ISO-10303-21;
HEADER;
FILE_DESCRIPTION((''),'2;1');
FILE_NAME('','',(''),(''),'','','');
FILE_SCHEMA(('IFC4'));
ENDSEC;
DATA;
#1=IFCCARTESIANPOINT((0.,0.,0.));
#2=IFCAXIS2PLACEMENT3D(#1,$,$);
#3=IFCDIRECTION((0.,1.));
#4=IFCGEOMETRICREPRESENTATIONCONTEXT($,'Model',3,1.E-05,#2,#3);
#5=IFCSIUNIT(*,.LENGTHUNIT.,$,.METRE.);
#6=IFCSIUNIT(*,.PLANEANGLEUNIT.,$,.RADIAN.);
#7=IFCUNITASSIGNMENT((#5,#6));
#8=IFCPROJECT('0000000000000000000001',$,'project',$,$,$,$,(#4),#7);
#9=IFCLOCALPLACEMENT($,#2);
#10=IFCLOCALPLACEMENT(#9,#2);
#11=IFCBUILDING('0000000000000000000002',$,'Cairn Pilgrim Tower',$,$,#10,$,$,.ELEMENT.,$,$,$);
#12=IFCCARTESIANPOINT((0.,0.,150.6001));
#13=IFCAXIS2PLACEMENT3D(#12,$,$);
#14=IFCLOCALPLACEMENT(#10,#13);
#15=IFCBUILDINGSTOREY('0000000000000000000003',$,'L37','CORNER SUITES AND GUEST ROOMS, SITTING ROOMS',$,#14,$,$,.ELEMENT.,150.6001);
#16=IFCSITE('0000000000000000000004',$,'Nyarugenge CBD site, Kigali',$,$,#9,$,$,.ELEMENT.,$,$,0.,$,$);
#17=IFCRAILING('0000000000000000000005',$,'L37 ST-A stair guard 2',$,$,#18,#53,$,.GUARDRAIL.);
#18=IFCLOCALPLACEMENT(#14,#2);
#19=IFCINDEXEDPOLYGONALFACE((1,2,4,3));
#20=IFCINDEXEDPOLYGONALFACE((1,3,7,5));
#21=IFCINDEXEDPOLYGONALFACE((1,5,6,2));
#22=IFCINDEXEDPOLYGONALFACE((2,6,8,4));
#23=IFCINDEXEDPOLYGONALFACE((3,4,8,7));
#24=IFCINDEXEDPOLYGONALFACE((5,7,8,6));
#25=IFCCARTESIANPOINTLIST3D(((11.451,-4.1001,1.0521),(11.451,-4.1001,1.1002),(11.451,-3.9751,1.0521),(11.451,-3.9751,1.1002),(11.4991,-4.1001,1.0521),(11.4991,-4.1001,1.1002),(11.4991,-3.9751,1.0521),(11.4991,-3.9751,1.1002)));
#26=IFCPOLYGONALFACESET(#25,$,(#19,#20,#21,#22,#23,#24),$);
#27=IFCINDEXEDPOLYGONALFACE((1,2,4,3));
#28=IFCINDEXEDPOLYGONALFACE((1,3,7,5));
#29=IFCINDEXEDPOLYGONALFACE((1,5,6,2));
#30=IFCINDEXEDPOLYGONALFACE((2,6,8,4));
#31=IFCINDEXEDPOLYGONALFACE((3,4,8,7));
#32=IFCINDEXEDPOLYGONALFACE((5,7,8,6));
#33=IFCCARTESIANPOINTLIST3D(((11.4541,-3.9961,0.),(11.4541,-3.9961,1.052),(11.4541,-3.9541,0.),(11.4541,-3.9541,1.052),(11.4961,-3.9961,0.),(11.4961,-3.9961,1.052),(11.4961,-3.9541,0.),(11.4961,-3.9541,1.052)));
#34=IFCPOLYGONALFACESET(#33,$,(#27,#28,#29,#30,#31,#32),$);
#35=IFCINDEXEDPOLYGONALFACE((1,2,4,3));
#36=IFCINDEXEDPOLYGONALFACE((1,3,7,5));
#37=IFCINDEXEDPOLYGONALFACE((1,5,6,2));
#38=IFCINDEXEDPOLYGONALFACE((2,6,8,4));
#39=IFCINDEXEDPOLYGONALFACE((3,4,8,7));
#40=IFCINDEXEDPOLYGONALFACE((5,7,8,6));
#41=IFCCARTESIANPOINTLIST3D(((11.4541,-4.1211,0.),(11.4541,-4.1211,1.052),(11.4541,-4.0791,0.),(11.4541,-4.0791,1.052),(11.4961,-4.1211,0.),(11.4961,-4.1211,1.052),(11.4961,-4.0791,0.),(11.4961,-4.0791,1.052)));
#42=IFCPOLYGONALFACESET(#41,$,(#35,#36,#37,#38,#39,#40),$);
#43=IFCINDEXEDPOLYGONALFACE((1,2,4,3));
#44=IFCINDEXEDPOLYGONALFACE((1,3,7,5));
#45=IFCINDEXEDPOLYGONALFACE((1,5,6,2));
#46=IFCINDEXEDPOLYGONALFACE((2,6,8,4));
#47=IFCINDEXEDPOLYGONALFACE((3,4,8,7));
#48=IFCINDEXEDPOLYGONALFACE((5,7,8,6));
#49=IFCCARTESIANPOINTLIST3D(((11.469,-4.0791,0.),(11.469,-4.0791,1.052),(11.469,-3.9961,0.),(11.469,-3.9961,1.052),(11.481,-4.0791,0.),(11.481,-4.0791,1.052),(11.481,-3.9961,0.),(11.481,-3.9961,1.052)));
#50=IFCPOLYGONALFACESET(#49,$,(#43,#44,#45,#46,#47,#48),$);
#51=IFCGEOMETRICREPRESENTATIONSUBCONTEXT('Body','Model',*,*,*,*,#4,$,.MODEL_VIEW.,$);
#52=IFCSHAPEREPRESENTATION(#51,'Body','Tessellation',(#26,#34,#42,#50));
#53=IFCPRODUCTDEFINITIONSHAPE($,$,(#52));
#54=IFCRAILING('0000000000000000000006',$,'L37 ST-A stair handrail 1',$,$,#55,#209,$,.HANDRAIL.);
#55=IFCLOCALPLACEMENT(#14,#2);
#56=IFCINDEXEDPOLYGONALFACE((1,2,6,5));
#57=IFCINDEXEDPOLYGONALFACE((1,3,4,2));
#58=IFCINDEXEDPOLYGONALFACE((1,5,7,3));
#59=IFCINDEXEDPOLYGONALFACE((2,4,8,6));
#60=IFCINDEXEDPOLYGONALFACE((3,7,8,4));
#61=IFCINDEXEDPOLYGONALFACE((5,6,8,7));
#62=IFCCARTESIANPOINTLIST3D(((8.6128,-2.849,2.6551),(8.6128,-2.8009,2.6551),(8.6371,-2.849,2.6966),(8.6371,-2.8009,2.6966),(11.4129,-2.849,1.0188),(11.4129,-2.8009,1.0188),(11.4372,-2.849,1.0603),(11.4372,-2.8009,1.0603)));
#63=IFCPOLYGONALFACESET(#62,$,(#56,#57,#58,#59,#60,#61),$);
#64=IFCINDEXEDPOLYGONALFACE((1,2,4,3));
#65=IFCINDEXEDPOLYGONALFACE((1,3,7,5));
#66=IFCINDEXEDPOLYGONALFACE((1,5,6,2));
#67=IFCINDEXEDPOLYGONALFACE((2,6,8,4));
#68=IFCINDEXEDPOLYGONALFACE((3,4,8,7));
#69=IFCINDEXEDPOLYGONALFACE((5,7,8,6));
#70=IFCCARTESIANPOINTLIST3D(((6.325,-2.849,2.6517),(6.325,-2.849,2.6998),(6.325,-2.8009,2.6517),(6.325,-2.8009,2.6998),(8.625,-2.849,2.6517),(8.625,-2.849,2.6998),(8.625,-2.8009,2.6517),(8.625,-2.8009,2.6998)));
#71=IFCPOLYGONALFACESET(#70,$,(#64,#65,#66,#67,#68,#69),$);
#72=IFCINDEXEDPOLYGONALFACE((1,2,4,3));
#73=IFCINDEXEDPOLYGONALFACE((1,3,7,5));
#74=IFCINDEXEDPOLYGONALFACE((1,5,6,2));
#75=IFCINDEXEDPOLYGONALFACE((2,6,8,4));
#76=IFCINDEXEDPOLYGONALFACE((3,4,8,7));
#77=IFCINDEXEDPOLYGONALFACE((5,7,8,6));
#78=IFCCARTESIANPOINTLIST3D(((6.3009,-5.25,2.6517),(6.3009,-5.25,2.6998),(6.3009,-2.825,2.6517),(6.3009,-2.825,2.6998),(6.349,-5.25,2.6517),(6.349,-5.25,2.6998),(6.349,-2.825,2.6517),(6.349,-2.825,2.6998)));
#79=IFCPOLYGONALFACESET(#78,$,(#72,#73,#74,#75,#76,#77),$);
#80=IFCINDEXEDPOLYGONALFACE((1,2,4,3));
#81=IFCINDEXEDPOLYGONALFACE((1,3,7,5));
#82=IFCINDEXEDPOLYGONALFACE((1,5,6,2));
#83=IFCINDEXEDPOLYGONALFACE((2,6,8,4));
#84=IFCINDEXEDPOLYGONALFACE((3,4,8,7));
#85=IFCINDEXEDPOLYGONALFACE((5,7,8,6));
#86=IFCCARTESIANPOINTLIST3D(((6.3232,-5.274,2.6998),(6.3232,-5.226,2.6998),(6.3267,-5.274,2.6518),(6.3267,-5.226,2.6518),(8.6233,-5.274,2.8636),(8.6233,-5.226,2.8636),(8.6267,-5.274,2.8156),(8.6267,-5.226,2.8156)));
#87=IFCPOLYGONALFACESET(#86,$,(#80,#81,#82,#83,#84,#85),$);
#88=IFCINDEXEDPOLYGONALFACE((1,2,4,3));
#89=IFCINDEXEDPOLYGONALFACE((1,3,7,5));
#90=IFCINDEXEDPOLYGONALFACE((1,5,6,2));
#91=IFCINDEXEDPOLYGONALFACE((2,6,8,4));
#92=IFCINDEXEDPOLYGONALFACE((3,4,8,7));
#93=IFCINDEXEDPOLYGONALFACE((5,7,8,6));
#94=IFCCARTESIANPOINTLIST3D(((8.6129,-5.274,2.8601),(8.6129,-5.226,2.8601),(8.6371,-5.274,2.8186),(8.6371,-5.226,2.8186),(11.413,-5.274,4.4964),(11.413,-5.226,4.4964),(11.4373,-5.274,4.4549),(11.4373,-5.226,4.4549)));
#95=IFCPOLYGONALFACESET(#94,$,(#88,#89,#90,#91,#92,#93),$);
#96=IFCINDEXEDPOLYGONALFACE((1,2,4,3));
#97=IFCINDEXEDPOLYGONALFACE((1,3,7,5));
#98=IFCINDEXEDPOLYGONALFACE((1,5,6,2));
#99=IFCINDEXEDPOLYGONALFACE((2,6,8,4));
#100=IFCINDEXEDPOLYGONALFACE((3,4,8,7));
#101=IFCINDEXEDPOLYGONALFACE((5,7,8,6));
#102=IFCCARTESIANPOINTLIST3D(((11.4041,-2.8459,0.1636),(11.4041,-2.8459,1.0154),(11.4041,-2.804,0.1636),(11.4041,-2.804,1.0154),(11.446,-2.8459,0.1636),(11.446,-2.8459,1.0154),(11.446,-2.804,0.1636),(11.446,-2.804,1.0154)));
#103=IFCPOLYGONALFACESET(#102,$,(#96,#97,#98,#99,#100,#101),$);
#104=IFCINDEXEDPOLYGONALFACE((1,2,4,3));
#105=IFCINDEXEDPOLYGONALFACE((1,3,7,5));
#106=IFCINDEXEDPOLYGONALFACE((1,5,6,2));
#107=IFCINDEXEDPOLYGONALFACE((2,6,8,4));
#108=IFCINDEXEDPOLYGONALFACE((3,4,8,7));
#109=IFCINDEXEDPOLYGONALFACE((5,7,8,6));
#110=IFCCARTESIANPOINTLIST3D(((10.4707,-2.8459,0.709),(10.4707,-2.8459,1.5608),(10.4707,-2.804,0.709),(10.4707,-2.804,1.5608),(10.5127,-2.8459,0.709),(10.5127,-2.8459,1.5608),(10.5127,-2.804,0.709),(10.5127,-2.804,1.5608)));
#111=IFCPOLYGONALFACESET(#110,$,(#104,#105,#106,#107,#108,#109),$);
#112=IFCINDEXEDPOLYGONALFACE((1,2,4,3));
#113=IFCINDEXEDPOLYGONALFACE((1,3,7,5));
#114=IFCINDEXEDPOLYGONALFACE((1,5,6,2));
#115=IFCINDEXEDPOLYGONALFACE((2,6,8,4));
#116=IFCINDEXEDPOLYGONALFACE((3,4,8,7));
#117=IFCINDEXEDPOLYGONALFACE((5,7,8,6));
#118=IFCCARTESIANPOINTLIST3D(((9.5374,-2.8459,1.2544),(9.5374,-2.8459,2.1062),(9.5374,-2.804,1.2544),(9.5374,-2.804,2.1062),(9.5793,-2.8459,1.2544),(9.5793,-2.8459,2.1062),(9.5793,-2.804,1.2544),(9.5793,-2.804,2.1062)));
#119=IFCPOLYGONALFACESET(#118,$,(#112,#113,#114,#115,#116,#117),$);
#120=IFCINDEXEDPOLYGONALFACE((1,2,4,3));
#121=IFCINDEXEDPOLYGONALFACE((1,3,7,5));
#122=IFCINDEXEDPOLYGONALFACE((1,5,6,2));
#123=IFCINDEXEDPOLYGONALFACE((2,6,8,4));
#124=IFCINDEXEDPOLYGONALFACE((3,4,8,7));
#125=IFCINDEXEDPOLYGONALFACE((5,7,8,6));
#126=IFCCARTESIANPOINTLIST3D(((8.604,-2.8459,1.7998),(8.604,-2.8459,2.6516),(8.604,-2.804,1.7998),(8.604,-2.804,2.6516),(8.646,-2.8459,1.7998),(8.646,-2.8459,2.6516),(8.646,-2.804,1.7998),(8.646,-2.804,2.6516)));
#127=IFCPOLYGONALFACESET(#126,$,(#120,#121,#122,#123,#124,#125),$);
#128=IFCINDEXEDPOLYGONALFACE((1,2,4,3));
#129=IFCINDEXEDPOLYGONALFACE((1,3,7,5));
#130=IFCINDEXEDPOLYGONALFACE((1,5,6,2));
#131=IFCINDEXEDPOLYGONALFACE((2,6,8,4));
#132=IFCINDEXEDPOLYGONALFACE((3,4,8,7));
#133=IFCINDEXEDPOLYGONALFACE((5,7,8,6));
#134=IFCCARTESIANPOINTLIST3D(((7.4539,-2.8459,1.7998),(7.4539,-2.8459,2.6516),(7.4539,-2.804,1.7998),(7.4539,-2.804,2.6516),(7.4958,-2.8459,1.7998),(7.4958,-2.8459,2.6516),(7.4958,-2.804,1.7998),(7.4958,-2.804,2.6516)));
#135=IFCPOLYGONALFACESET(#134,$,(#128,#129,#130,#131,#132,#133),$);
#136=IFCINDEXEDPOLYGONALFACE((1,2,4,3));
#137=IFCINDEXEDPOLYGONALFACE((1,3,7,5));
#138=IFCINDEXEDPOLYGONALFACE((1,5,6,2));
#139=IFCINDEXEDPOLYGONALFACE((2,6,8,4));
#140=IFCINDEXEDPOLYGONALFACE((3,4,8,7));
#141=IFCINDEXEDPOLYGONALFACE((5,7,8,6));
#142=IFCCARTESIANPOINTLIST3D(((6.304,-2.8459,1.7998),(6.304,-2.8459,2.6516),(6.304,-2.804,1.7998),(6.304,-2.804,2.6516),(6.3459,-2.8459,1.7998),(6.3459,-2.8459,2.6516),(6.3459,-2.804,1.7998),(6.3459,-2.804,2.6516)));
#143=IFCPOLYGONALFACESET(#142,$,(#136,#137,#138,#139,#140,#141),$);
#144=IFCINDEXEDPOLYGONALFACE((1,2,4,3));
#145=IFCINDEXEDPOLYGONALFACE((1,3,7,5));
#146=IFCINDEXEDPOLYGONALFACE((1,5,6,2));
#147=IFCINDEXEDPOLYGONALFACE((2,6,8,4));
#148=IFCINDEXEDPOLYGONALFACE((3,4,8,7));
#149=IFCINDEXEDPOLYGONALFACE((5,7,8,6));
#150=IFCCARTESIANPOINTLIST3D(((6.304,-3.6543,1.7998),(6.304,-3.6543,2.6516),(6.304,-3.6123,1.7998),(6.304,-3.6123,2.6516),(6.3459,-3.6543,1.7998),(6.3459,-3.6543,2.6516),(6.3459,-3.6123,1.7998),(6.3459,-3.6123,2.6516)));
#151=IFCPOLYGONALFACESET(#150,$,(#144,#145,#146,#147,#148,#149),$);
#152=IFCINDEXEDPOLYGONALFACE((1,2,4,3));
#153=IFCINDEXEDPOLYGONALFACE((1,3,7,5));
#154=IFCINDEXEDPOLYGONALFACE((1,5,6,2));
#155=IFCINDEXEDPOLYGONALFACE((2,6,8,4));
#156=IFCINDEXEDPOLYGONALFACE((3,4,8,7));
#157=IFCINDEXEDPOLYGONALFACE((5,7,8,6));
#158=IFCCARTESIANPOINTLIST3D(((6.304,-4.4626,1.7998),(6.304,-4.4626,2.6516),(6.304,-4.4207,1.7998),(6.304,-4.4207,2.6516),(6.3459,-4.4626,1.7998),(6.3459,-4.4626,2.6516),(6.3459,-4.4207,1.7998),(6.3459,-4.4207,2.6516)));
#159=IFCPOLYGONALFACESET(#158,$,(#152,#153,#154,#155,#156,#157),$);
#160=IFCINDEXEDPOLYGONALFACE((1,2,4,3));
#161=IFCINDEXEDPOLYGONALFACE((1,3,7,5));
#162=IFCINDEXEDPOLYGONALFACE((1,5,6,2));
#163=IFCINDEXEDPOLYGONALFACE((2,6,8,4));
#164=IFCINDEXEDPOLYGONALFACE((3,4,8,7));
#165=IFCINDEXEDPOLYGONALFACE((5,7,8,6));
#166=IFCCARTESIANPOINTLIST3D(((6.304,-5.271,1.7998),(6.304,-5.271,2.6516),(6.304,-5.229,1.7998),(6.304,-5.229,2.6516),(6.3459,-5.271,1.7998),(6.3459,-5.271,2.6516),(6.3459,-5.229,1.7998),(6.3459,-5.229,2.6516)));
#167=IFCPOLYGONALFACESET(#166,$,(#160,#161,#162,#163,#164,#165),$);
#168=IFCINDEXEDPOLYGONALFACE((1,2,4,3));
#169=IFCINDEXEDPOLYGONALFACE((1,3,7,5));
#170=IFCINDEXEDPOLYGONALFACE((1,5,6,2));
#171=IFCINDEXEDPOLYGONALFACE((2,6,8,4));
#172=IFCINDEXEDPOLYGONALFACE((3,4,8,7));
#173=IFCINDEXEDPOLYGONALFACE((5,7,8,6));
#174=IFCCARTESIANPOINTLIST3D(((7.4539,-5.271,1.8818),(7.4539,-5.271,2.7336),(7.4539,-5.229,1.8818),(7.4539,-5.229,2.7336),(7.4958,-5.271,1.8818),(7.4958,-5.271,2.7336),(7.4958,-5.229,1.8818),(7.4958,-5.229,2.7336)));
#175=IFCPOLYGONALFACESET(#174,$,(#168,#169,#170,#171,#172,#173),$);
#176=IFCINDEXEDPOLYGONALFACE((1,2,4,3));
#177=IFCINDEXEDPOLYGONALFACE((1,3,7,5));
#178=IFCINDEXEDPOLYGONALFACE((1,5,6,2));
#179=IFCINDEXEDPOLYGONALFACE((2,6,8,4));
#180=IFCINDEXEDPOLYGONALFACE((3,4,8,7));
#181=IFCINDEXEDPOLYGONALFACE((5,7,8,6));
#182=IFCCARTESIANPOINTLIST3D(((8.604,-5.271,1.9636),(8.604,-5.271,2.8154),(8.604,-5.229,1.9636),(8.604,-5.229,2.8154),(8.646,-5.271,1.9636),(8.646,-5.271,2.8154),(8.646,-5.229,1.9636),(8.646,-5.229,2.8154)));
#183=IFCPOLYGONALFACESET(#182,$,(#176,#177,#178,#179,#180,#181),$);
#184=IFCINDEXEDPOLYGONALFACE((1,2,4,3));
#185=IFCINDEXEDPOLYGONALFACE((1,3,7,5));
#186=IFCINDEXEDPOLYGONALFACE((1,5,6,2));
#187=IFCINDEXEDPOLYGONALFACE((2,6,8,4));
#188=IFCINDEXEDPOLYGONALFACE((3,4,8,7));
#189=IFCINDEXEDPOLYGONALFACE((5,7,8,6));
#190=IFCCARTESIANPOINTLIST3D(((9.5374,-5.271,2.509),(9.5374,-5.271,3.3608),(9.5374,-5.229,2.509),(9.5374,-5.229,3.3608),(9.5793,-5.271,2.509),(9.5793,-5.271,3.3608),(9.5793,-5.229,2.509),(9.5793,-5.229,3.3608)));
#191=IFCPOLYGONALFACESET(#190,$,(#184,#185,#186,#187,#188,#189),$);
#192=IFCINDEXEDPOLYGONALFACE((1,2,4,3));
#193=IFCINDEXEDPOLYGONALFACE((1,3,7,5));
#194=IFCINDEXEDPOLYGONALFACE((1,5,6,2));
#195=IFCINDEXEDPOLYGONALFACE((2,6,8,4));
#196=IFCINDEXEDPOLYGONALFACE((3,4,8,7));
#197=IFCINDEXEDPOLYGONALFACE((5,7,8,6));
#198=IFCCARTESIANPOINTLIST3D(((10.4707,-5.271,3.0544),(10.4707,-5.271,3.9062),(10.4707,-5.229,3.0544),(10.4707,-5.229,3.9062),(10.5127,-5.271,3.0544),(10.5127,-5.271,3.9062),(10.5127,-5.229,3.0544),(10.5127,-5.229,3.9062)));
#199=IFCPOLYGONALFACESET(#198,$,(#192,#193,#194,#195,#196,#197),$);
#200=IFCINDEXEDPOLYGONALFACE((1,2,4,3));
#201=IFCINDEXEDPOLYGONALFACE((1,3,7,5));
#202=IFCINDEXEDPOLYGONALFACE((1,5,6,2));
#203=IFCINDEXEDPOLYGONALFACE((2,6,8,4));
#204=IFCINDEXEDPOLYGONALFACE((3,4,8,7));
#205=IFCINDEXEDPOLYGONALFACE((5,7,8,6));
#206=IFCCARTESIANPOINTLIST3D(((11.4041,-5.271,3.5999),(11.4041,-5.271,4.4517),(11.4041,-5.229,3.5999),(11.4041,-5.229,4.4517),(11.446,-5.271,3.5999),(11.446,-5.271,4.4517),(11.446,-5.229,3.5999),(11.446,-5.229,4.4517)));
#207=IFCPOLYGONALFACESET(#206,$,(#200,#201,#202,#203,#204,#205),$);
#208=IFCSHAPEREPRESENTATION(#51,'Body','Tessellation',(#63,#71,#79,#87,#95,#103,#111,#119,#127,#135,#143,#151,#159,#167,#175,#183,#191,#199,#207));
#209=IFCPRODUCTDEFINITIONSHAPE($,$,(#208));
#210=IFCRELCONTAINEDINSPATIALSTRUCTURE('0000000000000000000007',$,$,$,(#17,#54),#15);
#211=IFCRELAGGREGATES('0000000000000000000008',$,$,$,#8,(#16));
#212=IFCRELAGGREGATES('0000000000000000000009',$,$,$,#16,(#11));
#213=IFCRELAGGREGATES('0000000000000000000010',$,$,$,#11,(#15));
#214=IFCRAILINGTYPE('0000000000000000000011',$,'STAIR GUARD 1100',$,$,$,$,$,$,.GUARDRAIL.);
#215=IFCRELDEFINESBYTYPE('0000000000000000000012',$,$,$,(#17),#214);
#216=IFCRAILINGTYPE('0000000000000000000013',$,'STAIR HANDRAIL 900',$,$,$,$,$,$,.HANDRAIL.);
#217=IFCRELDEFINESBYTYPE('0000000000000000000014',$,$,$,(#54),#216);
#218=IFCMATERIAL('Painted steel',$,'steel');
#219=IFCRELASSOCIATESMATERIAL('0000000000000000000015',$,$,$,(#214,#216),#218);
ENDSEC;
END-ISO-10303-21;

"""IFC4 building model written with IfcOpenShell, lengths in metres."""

from ifc_helpers import new_model, si_unit, direction, frame, origin, origin_2d, place, context, subcontext, project, spatial, polyline, rectangle, outline, extrude, material, type_object, element, save


model = new_model("IFC4")

# Units and contexts
model_context = context("Model", 3, precision=1e-05, world=origin(), true_north=direction((0.0, 1.0)))
body_context = subcontext(model_context, "Body", "Model", "MODEL_VIEW")
ifc_project = project(units=[si_unit("LENGTHUNIT", "METRE"), si_unit("PLANEANGLEUNIT", "RADIAN")], contexts=[model_context])

# Site, building, storey
site_placement = place(None, origin())
site = spatial("IfcSite", under=ifc_project, at=site_placement, Name="Nyarugenge CBD site, Kigali", CompositionType="ELEMENT", RefElevation=0.0)
building_placement = place(site_placement, origin())
building = spatial("IfcBuilding", under=site, at=building_placement, Name="Cairn Pilgrim Tower", CompositionType="ELEMENT")
storey_placement = place(building_placement, frame((0.0, 0.0, 150.6001)))
storey = spatial("IfcBuildingStorey", under=building, at=storey_placement, Name="L37", Description="CORNER SUITES AND GUEST ROOMS, SITTING ROOMS", CompositionType="ELEMENT", Elevation=150.6001)

# Railings
ifc_material_1 = material(Name="Painted steel", Category="steel")
railing_type_1 = type_object("IfcRailingType", Name="STAIR GUARD 1100", PredefinedType="GUARDRAIL", material=ifc_material_1)
railing_1_placement = place(storey_placement, frame((11.4751, -3.9751, 0.0)))
element("IfcRailing", 1, at=railing_1_placement, inside=storey, type_object=railing_type_1, Name="L37 ST-A stair guard 2", PredefinedType="GUARDRAIL", context=body_context, shape_type="SweptSolid", body=[
    extrude(rectangle(XDim=0.0481, YDim=0.0481, at=origin_2d()), frame((0.0, 0.0, 1.0762), z_axis=(0.0, -1.0, 0.0), x_axis=(1.0, 0.0, 0.0)), (0.0, 0.0, 1.0), 0.125),
    extrude(rectangle(XDim=0.042, YDim=0.042, at=origin_2d()), origin(), (0.0, 0.0, 1.0), 1.052),
    extrude(rectangle(XDim=0.042, YDim=0.042, at=origin_2d()), frame((0.0, -0.125, 0.0)), (0.0, 0.0, 1.0), 1.052),
    extrude(outline(polyline([(0.021, 0.0), (0.104, 0.0), (0.104, 1.052), (0.021, 1.052), (0.021, 0.0)])), frame((0.0059, 0.0, 0.0), z_axis=(-1.0, 0.0, 0.0), x_axis=(0.0, -1.0, 0.0)), (0.0, 0.0, 1.0), 0.012),
])
railing_type_2 = type_object("IfcRailingType", Name="STAIR HANDRAIL 900", PredefinedType="HANDRAIL", material=ifc_material_1)
railing_2_placement = place(storey_placement, frame((11.425, -2.825, 0.1636)))
element("IfcRailing", 2, at=railing_2_placement, inside=storey, type_object=railing_type_2, Name="L37 ST-A stair handrail 1", PredefinedType="HANDRAIL", context=body_context, shape_type="SweptSolid", body=[
    extrude(rectangle(XDim=0.0481, YDim=0.0481, at=origin_2d()), frame((0.0, 0.0, 0.876), z_axis=(-0.863394, 0.0, 0.504531), x_axis=(0.0, -1.0, 0.0)), (0.0, 0.0, 1.0), 3.2432),
    extrude(rectangle(XDim=0.0481, YDim=0.0481, at=origin_2d()), frame((-2.8, 0.0, 2.5122), z_axis=(-1.0, 0.0, 0.0), x_axis=(0.0, -1.0, 0.0)), (0.0, 0.0, 1.0), 2.3),
    extrude(rectangle(XDim=0.0481, YDim=0.0481, at=origin_2d()), frame((-5.1001, 0.0, 2.5122), z_axis=(0.0, -1.0, 0.0), x_axis=(1.0, 0.0, 0.0)), (0.0, 0.0, 1.0), 2.425),
    extrude(rectangle(XDim=0.0481, YDim=0.0481, at=origin_2d()), frame((-5.1001, -2.425, 2.5122), z_axis=(0.997473, 0.0, 0.071044), x_axis=(0.0, 1.0, 0.0)), (0.0, 0.0, 1.0), 2.3059),
    extrude(rectangle(XDim=0.0481, YDim=0.0481, at=origin_2d()), frame((-2.8, -2.425, 2.6758), z_axis=(0.863394, 0.0, 0.504531), x_axis=(0.0, 1.0, 0.0)), (0.0, 0.0, 1.0), 3.2432),
    extrude(rectangle(XDim=0.042, YDim=0.042, at=origin_2d()), origin(), (0.0, 0.0, 1.0), 0.8518),
    extrude(rectangle(XDim=0.042, YDim=0.042, at=origin_2d()), frame((-0.9333, 0.0, 0.5454)), (0.0, 0.0, 1.0), 0.8518),
    extrude(rectangle(XDim=0.042, YDim=0.042, at=origin_2d()), frame((-1.8667, 0.0, 1.0908)), (0.0, 0.0, 1.0), 0.8518),
    extrude(rectangle(XDim=0.042, YDim=0.042, at=origin_2d()), frame((-2.8, 0.0, 1.6362)), (0.0, 0.0, 1.0), 0.8518),
    extrude(rectangle(XDim=0.042, YDim=0.042, at=origin_2d()), frame((-3.9502, 0.0, 1.6362)), (0.0, 0.0, 1.0), 0.8518),
    extrude(rectangle(XDim=0.042, YDim=0.042, at=origin_2d()), frame((-5.1001, 0.0, 1.6362)), (0.0, 0.0, 1.0), 0.8518),
    extrude(rectangle(XDim=0.042, YDim=0.042, at=origin_2d()), frame((-5.1001, -0.8083, 1.6362)), (0.0, 0.0, 1.0), 0.8518),
    extrude(rectangle(XDim=0.042, YDim=0.042, at=origin_2d()), frame((-5.1001, -1.6167, 1.6362)), (0.0, 0.0, 1.0), 0.8518),
    extrude(rectangle(XDim=0.042, YDim=0.042, at=origin_2d()), frame((-5.1001, -2.425, 1.6362)), (0.0, 0.0, 1.0), 0.8518),
    extrude(rectangle(XDim=0.042, YDim=0.042, at=origin_2d()), frame((-3.9502, -2.425, 1.7183)), (0.0, 0.0, 1.0), 0.8518),
    extrude(rectangle(XDim=0.042, YDim=0.042, at=origin_2d()), frame((-2.8, -2.425, 1.8)), (0.0, 0.0, 1.0), 0.8518),
    extrude(rectangle(XDim=0.042, YDim=0.042, at=origin_2d()), frame((-1.8667, -2.425, 2.3455)), (0.0, 0.0, 1.0), 0.8518),
    extrude(rectangle(XDim=0.042, YDim=0.042, at=origin_2d()), frame((-0.9333, -2.425, 2.8909)), (0.0, 0.0, 1.0), 0.8518),
    extrude(rectangle(XDim=0.042, YDim=0.042, at=origin_2d()), frame((0.0, -2.425, 3.4363)), (0.0, 0.0, 1.0), 0.8518),
])

save(model, "model.ifc")
